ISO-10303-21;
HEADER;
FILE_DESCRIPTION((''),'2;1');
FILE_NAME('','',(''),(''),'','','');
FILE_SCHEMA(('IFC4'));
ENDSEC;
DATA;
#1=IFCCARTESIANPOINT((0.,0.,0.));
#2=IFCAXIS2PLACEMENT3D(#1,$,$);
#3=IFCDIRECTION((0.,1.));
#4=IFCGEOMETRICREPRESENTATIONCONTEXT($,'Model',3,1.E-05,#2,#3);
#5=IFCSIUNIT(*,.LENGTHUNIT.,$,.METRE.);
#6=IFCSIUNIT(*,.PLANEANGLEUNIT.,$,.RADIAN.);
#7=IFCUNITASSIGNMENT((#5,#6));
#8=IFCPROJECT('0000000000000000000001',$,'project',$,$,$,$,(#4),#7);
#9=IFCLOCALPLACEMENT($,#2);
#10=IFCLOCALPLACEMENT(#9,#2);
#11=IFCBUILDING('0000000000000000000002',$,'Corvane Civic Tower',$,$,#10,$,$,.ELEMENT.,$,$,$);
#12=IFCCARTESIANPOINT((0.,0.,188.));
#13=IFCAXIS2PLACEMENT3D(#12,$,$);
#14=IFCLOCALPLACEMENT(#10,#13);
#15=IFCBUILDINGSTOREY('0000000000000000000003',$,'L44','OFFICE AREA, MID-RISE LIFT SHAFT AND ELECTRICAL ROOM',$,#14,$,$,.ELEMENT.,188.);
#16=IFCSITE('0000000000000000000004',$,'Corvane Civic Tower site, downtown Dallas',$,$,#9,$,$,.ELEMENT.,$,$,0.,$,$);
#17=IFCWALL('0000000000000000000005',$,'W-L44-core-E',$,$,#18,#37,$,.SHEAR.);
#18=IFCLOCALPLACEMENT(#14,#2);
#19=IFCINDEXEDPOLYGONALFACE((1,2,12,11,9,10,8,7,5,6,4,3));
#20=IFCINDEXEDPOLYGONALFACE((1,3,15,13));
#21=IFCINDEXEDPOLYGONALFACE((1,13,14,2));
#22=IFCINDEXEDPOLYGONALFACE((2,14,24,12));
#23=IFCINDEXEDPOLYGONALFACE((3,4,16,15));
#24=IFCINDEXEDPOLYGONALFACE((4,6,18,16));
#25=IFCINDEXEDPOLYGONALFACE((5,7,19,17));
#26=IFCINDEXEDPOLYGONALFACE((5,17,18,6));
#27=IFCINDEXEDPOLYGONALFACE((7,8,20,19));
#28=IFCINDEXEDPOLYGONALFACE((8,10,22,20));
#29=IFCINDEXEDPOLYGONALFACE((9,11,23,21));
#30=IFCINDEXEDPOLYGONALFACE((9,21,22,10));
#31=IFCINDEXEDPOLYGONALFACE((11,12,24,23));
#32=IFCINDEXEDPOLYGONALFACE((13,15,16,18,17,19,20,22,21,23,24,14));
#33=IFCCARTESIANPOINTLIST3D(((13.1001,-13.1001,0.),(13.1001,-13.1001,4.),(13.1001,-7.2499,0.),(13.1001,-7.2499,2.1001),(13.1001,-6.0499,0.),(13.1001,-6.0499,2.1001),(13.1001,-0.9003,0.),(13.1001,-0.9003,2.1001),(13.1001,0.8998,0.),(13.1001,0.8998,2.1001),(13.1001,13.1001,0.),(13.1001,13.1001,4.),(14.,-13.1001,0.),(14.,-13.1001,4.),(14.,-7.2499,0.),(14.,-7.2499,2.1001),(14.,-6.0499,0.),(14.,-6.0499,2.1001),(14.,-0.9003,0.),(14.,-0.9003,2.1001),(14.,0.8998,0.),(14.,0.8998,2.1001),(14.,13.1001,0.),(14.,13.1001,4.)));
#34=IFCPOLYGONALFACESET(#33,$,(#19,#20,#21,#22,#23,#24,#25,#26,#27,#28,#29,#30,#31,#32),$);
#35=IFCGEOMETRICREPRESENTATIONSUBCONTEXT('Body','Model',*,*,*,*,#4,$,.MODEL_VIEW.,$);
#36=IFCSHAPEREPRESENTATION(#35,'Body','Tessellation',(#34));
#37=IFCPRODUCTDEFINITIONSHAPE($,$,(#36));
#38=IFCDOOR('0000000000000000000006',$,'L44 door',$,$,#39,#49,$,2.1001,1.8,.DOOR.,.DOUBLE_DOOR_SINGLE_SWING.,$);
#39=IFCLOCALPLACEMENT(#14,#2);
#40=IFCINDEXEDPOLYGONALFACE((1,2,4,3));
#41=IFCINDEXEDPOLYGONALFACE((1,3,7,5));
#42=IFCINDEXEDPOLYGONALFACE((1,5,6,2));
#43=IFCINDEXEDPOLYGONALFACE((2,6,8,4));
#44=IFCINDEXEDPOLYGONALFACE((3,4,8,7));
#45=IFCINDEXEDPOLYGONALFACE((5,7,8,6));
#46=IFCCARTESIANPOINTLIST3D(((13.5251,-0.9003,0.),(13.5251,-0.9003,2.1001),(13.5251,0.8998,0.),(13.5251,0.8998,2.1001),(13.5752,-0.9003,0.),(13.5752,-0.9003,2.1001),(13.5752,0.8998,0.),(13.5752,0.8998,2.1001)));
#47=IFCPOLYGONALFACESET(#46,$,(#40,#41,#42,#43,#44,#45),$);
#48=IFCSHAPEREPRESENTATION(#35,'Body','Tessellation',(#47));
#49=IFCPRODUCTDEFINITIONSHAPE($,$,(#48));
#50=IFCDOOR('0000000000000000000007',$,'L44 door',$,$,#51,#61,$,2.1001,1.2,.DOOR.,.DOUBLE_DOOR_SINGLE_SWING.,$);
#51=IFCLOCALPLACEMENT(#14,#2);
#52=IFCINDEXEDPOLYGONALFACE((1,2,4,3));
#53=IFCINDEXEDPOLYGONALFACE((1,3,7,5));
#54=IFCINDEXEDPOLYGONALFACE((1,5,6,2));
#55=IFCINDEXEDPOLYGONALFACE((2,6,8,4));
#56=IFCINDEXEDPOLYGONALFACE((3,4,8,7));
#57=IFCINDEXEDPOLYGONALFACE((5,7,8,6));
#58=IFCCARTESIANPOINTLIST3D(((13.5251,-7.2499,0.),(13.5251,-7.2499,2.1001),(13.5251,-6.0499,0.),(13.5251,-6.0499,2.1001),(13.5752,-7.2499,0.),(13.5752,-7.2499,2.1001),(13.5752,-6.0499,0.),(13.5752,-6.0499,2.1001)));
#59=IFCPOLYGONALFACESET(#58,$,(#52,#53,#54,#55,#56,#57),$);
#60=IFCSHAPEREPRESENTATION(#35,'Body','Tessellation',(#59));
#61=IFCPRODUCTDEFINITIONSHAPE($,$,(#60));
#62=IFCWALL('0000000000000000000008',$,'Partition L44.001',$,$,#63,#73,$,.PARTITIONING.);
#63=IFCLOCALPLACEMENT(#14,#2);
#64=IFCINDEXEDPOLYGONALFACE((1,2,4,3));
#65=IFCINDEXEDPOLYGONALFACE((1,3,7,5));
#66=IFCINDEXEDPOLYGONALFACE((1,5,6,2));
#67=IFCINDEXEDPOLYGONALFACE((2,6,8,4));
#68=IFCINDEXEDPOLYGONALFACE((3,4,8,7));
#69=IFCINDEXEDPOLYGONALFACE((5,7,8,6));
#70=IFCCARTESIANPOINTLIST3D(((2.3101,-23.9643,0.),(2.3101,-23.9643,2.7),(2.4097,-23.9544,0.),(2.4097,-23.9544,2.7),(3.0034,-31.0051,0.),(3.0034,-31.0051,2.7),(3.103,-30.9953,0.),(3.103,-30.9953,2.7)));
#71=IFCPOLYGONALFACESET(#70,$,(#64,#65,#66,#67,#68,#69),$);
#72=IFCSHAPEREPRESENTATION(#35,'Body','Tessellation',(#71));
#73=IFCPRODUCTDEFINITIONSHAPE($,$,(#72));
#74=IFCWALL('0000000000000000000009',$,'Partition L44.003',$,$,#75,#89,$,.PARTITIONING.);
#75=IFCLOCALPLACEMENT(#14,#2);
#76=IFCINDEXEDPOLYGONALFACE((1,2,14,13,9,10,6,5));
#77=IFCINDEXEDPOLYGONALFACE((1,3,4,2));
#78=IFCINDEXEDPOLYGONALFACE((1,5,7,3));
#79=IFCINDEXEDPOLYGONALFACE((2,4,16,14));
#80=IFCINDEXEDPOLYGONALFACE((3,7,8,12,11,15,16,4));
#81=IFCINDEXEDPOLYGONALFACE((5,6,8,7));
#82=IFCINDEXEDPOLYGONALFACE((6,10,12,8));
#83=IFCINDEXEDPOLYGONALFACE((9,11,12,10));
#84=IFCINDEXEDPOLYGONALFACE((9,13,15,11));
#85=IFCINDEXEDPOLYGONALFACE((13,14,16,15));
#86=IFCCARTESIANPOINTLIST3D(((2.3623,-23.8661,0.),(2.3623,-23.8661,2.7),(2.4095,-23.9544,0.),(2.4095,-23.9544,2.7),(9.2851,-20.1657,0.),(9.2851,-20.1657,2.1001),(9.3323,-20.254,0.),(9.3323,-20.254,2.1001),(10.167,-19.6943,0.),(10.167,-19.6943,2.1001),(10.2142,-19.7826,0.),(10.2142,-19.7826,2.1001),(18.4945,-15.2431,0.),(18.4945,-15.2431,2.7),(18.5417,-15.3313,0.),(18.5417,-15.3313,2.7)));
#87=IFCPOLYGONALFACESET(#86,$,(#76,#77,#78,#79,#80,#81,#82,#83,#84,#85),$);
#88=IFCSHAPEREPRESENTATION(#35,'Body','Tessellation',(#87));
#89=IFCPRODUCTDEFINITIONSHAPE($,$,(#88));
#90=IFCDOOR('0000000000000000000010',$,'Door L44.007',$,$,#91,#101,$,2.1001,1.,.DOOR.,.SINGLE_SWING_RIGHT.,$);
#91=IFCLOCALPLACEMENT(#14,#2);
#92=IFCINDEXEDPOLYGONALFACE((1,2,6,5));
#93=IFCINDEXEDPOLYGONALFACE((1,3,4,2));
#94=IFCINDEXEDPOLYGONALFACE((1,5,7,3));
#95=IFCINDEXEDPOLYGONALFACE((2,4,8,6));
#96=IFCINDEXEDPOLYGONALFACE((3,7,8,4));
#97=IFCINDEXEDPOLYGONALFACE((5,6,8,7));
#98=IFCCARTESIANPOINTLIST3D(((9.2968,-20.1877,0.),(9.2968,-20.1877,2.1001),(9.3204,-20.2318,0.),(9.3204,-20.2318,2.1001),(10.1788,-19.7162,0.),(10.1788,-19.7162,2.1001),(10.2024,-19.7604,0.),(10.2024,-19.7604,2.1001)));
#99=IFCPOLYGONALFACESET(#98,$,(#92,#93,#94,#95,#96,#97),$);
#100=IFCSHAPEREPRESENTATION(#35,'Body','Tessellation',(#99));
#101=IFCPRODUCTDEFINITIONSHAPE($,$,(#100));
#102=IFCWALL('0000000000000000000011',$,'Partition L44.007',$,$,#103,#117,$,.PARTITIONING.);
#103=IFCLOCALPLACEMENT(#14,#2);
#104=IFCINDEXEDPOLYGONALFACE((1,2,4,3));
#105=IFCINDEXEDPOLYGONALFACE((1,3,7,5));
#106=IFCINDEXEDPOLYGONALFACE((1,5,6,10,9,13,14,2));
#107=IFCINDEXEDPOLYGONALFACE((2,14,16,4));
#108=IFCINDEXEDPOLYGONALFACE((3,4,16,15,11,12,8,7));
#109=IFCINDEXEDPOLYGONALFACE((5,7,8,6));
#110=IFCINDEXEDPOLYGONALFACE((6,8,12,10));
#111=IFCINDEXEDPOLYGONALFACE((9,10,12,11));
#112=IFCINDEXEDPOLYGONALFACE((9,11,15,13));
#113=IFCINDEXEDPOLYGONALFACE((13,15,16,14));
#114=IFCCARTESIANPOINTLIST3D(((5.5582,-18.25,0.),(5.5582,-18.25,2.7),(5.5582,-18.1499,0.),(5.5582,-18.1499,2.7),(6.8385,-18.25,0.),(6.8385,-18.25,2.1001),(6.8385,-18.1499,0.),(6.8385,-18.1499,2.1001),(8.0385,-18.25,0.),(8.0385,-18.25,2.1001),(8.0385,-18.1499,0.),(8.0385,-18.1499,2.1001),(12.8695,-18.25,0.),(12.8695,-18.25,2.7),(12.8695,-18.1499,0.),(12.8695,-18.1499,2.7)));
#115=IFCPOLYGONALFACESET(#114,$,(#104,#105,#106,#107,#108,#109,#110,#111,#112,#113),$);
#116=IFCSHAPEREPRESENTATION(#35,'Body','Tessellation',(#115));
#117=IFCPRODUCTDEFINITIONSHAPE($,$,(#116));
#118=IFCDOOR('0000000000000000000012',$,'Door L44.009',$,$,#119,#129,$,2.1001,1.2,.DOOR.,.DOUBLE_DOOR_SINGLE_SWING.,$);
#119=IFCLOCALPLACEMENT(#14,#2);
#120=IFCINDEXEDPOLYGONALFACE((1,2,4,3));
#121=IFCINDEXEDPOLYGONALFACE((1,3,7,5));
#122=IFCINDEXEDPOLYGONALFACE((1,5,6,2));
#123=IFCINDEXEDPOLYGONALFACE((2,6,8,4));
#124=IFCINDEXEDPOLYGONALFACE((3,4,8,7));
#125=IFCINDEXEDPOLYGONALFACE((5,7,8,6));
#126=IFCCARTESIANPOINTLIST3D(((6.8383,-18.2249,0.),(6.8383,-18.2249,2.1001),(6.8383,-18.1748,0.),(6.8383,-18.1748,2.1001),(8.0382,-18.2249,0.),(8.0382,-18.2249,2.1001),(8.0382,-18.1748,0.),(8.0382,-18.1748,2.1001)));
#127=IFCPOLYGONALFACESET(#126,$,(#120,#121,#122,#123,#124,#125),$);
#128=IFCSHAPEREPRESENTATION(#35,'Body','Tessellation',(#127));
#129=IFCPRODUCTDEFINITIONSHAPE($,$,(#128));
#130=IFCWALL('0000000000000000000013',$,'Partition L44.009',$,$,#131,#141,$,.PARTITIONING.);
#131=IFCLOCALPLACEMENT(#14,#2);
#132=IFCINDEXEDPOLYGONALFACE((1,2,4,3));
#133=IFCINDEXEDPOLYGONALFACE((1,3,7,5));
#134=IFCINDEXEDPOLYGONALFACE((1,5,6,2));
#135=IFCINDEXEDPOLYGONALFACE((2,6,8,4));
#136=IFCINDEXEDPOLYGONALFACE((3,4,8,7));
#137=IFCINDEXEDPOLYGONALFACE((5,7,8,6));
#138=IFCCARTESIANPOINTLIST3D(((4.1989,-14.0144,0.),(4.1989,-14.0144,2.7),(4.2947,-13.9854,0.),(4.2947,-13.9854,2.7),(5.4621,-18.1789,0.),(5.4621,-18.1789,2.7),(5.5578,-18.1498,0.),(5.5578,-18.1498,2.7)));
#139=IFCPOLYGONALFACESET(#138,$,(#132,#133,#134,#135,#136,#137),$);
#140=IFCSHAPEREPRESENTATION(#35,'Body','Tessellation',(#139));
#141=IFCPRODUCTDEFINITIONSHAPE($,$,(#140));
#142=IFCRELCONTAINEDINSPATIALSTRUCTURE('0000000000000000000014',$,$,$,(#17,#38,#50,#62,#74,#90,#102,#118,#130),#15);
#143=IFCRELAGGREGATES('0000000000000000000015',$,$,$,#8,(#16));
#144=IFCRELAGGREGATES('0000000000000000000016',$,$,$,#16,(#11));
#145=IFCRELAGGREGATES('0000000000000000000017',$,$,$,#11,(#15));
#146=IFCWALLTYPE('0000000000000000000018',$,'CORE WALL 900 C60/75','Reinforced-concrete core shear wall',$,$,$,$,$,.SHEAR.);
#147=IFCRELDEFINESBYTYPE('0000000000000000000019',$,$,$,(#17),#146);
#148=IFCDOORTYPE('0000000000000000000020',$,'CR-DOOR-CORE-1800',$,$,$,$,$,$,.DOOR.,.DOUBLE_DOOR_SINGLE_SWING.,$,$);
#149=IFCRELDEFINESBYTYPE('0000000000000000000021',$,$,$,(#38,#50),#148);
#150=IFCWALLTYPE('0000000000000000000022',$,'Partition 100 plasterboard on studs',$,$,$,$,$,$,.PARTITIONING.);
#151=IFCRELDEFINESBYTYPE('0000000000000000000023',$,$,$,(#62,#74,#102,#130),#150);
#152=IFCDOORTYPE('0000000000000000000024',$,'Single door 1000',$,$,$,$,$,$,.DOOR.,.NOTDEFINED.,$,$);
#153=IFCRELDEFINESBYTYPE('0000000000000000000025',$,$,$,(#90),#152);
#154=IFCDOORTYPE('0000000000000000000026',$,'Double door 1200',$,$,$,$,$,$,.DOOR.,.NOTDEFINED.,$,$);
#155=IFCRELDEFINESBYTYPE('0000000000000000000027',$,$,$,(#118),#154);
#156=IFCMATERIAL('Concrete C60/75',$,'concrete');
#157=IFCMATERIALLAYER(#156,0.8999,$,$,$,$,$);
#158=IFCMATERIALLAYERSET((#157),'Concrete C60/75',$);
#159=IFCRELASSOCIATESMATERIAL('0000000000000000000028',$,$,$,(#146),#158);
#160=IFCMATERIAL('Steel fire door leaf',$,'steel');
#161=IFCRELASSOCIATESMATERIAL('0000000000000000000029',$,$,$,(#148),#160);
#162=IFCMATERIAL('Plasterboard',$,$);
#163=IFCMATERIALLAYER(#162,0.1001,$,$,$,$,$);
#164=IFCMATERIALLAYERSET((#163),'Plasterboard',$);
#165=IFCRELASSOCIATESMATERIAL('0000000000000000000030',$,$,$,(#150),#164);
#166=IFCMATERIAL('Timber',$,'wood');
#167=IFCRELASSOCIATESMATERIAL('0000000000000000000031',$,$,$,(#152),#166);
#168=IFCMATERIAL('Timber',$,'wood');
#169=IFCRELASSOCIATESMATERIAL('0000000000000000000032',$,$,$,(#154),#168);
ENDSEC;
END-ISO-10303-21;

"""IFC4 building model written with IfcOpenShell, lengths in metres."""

from ifc_helpers import new_model, si_unit, direction, frame, frame_2d, origin, place, context, subcontext, project, spatial, rectangle, extrude, material, layer, layer_set, type_object, element, fill, save


model = new_model("IFC4")

# Units and contexts
model_context = context("Model", 3, precision=1e-05, world=origin(), true_north=direction((0.0, 1.0)))
body_context = subcontext(model_context, "Body", "Model", "MODEL_VIEW")
ifc_project = project(units=[si_unit("LENGTHUNIT", "METRE"), si_unit("PLANEANGLEUNIT", "RADIAN")], contexts=[model_context])

# Site, building, storey
site_placement = place(None, origin())
site = spatial("IfcSite", under=ifc_project, at=site_placement, Name="Corvane Civic Tower site, downtown Dallas", CompositionType="ELEMENT", RefElevation=0.0)
building_placement = place(site_placement, origin())
building = spatial("IfcBuilding", under=site, at=building_placement, Name="Corvane Civic Tower", CompositionType="ELEMENT")
storey_placement = place(building_placement, frame((0.0, 0.0, 188.0)))
storey = spatial("IfcBuildingStorey", under=building, at=storey_placement, Name="L44", Description="OFFICE AREA, MID-RISE LIFT SHAFT AND ELECTRICAL ROOM", CompositionType="ELEMENT", Elevation=188.0)

# Wall, openings, doors
ifc_material_1 = material(Name="Concrete C60/75", Category="concrete")
ifc_layer_1 = layer(ifc_material_1, 0.8999)
ifc_layer_set_1 = layer_set([ifc_layer_1], Name="Concrete C60/75")
wall_type_1 = type_object("IfcWallType", Name="CORE WALL 900 C60/75", Description="Reinforced-concrete core shear wall", PredefinedType="SHEAR", material=ifc_layer_set_1)
wall_1_placement = place(storey_placement, frame((13.55, -13.1001, 0.0), z_axis=(0.0, 0.0, 1.0), x_axis=(0.0, 1.0, 0.0)))
wall_1 = element("IfcWall", 1, at=wall_1_placement, inside=storey, type_object=wall_type_1, Name="W-L44-core-E", PredefinedType="SHEAR", context=body_context, shape_type="SweptSolid", body=[
    extrude(rectangle(XDim=26.2002, YDim=0.8999, at=frame_2d((13.1001, 0.0))), origin(), (0.0, 0.0, 1.0), 4.0),
])
opening_1_placement = place(wall_1_placement, frame((12.2, 0.0, 0.0)))
opening_1 = element("IfcOpeningElement", 2, at=opening_1_placement, cuts=wall_1, PredefinedType="OPENING", context=body_context, shape_type="SweptSolid", body=[
    extrude(rectangle(XDim=1.8, YDim=2.1001, at=frame_2d((0.8999, 1.05))), frame((0.0, 0.46, 0.0), z_axis=(0.0, -1.0, 0.0), x_axis=(1.0, 0.0, 0.0)), (0.0, 0.0, 1.0), 0.9199),
])
opening_2_placement = place(wall_1_placement, frame((5.8501, 0.0, 0.0)))
opening_2 = element("IfcOpeningElement", 3, at=opening_2_placement, cuts=wall_1, PredefinedType="OPENING", context=body_context, shape_type="SweptSolid", body=[
    extrude(rectangle(XDim=1.2, YDim=2.1001, at=frame_2d((0.6001, 1.05))), frame((0.0, 0.46, 0.0), z_axis=(0.0, -1.0, 0.0), x_axis=(1.0, 0.0, 0.0)), (0.0, 0.0, 1.0), 0.9199),
])
ifc_material_2 = material(Name="Steel fire door leaf", Category="steel")
door_type_1 = type_object("IfcDoorType", Name="CR-DOOR-CORE-1800", OperationType="DOUBLE_DOOR_SINGLE_SWING", PredefinedType="DOOR", material=ifc_material_2)
door_1_placement = place(opening_1_placement, origin())
door_1 = element("IfcDoor", 4, at=door_1_placement, inside=storey, type_object=door_type_1, Name="L44 door", OperationType="DOUBLE_DOOR_SINGLE_SWING", OverallHeight=2.1001, OverallWidth=1.8, PredefinedType="DOOR", context=body_context, shape_type="SweptSolid", body=[
    extrude(rectangle(XDim=1.8, YDim=2.1001, at=frame_2d((0.8999, 1.05))), frame((0.0, 0.0249, 0.0), z_axis=(0.0, -1.0, 0.0), x_axis=(1.0, 0.0, 0.0)), (0.0, 0.0, 1.0), 0.05),
])
fill(opening_1, door_1)
door_2_placement = place(opening_2_placement, origin())
door_2 = element("IfcDoor", 5, at=door_2_placement, inside=storey, type_object=door_type_1, Name="L44 door", OperationType="DOUBLE_DOOR_SINGLE_SWING", OverallHeight=2.1001, OverallWidth=1.2, PredefinedType="DOOR", context=body_context, shape_type="SweptSolid", body=[
    extrude(rectangle(XDim=1.2, YDim=2.1001, at=frame_2d((0.6001, 1.05))), frame((0.0, 0.0249, 0.0), z_axis=(0.0, -1.0, 0.0), x_axis=(1.0, 0.0, 0.0)), (0.0, 0.0, 1.0), 0.05),
])
fill(opening_2, door_2)

# Wall
ifc_material_3 = material(Name="Plasterboard")
ifc_layer_2 = layer(ifc_material_3, 0.1001)
ifc_layer_set_2 = layer_set([ifc_layer_2], Name="Plasterboard")
wall_type_2 = type_object("IfcWallType", Name="Partition 100 plasterboard on studs", PredefinedType="PARTITIONING", material=ifc_layer_set_2)
wall_2_placement = place(storey_placement, frame((2.3599, -23.9592, 0.0), z_axis=(0.0, 0.0, 1.0), x_axis=(0.098, -0.995186, 0.0)))
element("IfcWall", 6, at=wall_2_placement, inside=storey, type_object=wall_type_2, Name="Partition L44.001", PredefinedType="PARTITIONING", context=body_context, shape_type="SweptSolid", body=[
    extrude(rectangle(XDim=7.075, YDim=0.1001, at=frame_2d((3.5376, 0.0))), origin(), (0.0, 0.0, 1.0), 2.7),
])

# Walls, openings, doors
wall_3_placement = place(storey_placement, frame((2.386, -23.9102, 0.0), z_axis=(0.0, 0.0, 1.0), x_axis=(0.881918, 0.471403, 0.0)))
wall_3 = element("IfcWall", 7, at=wall_3_placement, inside=storey, type_object=wall_type_2, Name="Partition L44.003", PredefinedType="PARTITIONING", context=body_context, shape_type="SweptSolid", body=[
    extrude(rectangle(XDim=18.2922, YDim=0.1001, at=frame_2d((9.146, 0.0))), origin(), (0.0, 0.0, 1.0), 2.7),
])
opening_3_placement = place(wall_3_placement, frame((7.8496, 0.0, 0.0)))
opening_3 = element("IfcOpeningElement", 8, at=opening_3_placement, cuts=wall_3, PredefinedType="OPENING", context=body_context, shape_type="SweptSolid", body=[
    extrude(rectangle(XDim=1.0, YDim=2.1001, at=frame_2d((0.5, 1.05))), frame((0.0, 0.0601, 0.0), z_axis=(0.0, -1.0, 0.0), x_axis=(1.0, 0.0, 0.0)), (0.0, 0.0, 1.0), 0.1201),
])
ifc_material_4 = material(Name="Timber", Category="wood")
door_type_2 = type_object("IfcDoorType", Name="Single door 1000", OperationType="NOTDEFINED", PredefinedType="DOOR", material=ifc_material_4)
door_3_placement = place(opening_3_placement, frame((1.0, 0.0, 0.0), z_axis=(0.0, 0.0, 1.0), x_axis=(-1.0, 0.0, 0.0)))
door_3 = element("IfcDoor", 9, at=door_3_placement, inside=storey, type_object=door_type_2, Name="Door L44.007", OperationType="SINGLE_SWING_RIGHT", OverallHeight=2.1001, OverallWidth=1.0, PredefinedType="DOOR", context=body_context, shape_type="SweptSolid", body=[
    extrude(rectangle(XDim=1.0, YDim=2.1001, at=frame_2d((0.5, 1.05))), frame((0.0, 0.0249, 0.0), z_axis=(0.0, -1.0, 0.0), x_axis=(1.0, 0.0, 0.0)), (0.0, 0.0, 1.0), 0.05),
])
fill(opening_3, door_3)
wall_4_placement = place(storey_placement, frame((5.5581, -18.2, 0.0), z_axis=(0.0, 0.0, 1.0), x_axis=(1.0, 0.0, 0.0)))
wall_4 = element("IfcWall", 10, at=wall_4_placement, inside=storey, type_object=wall_type_2, Name="Partition L44.007", PredefinedType="PARTITIONING", context=body_context, shape_type="SweptSolid", body=[
    extrude(rectangle(XDim=7.3113, YDim=0.1001, at=frame_2d((3.6558, 0.0))), origin(), (0.0, 0.0, 1.0), 2.7),
])
opening_4_placement = place(wall_4_placement, frame((1.2803, 0.0, 0.0)))
opening_4 = element("IfcOpeningElement", 11, at=opening_4_placement, cuts=wall_4, PredefinedType="OPENING", context=body_context, shape_type="SweptSolid", body=[
    extrude(rectangle(XDim=1.2, YDim=2.1001, at=frame_2d((0.6001, 1.05))), frame((0.0, 0.0601, 0.0), z_axis=(0.0, -1.0, 0.0), x_axis=(1.0, 0.0, 0.0)), (0.0, 0.0, 1.0), 0.1201),
])
ifc_material_5 = material(Name="Timber", Category="wood")
door_type_3 = type_object("IfcDoorType", Name="Double door 1200", OperationType="NOTDEFINED", PredefinedType="DOOR", material=ifc_material_5)
door_4_placement = place(opening_4_placement, frame((1.2, 0.0, 0.0), z_axis=(0.0, 0.0, 1.0), x_axis=(-1.0, 0.0, 0.0)))
door_4 = element("IfcDoor", 12, at=door_4_placement, inside=storey, type_object=door_type_3, Name="Door L44.009", OperationType="DOUBLE_DOOR_SINGLE_SWING", OverallHeight=2.1001, OverallWidth=1.2, PredefinedType="DOOR", context=body_context, shape_type="SweptSolid", body=[
    extrude(rectangle(XDim=1.2, YDim=2.1001, at=frame_2d((0.6001, 1.05))), frame((0.0, 0.0249, 0.0), z_axis=(0.0, -1.0, 0.0), x_axis=(1.0, 0.0, 0.0)), (0.0, 0.0, 1.0), 0.05),
])
fill(opening_4, door_4)

# Wall
wall_5_placement = place(storey_placement, frame((4.2468, -14.0, 0.0), z_axis=(0.0, 0.0, 1.0), x_axis=(0.29026, -0.956948, 0.0)))
element("IfcWall", 13, at=wall_5_placement, inside=storey, type_object=wall_type_2, Name="Partition L44.009", PredefinedType="PARTITIONING", context=body_context, shape_type="SweptSolid", body=[
    extrude(rectangle(XDim=4.3518, YDim=0.1001, at=frame_2d((2.1758, 0.0))), origin(), (0.0, 0.0, 1.0), 2.7),
])

save(model, "model.ifc")
